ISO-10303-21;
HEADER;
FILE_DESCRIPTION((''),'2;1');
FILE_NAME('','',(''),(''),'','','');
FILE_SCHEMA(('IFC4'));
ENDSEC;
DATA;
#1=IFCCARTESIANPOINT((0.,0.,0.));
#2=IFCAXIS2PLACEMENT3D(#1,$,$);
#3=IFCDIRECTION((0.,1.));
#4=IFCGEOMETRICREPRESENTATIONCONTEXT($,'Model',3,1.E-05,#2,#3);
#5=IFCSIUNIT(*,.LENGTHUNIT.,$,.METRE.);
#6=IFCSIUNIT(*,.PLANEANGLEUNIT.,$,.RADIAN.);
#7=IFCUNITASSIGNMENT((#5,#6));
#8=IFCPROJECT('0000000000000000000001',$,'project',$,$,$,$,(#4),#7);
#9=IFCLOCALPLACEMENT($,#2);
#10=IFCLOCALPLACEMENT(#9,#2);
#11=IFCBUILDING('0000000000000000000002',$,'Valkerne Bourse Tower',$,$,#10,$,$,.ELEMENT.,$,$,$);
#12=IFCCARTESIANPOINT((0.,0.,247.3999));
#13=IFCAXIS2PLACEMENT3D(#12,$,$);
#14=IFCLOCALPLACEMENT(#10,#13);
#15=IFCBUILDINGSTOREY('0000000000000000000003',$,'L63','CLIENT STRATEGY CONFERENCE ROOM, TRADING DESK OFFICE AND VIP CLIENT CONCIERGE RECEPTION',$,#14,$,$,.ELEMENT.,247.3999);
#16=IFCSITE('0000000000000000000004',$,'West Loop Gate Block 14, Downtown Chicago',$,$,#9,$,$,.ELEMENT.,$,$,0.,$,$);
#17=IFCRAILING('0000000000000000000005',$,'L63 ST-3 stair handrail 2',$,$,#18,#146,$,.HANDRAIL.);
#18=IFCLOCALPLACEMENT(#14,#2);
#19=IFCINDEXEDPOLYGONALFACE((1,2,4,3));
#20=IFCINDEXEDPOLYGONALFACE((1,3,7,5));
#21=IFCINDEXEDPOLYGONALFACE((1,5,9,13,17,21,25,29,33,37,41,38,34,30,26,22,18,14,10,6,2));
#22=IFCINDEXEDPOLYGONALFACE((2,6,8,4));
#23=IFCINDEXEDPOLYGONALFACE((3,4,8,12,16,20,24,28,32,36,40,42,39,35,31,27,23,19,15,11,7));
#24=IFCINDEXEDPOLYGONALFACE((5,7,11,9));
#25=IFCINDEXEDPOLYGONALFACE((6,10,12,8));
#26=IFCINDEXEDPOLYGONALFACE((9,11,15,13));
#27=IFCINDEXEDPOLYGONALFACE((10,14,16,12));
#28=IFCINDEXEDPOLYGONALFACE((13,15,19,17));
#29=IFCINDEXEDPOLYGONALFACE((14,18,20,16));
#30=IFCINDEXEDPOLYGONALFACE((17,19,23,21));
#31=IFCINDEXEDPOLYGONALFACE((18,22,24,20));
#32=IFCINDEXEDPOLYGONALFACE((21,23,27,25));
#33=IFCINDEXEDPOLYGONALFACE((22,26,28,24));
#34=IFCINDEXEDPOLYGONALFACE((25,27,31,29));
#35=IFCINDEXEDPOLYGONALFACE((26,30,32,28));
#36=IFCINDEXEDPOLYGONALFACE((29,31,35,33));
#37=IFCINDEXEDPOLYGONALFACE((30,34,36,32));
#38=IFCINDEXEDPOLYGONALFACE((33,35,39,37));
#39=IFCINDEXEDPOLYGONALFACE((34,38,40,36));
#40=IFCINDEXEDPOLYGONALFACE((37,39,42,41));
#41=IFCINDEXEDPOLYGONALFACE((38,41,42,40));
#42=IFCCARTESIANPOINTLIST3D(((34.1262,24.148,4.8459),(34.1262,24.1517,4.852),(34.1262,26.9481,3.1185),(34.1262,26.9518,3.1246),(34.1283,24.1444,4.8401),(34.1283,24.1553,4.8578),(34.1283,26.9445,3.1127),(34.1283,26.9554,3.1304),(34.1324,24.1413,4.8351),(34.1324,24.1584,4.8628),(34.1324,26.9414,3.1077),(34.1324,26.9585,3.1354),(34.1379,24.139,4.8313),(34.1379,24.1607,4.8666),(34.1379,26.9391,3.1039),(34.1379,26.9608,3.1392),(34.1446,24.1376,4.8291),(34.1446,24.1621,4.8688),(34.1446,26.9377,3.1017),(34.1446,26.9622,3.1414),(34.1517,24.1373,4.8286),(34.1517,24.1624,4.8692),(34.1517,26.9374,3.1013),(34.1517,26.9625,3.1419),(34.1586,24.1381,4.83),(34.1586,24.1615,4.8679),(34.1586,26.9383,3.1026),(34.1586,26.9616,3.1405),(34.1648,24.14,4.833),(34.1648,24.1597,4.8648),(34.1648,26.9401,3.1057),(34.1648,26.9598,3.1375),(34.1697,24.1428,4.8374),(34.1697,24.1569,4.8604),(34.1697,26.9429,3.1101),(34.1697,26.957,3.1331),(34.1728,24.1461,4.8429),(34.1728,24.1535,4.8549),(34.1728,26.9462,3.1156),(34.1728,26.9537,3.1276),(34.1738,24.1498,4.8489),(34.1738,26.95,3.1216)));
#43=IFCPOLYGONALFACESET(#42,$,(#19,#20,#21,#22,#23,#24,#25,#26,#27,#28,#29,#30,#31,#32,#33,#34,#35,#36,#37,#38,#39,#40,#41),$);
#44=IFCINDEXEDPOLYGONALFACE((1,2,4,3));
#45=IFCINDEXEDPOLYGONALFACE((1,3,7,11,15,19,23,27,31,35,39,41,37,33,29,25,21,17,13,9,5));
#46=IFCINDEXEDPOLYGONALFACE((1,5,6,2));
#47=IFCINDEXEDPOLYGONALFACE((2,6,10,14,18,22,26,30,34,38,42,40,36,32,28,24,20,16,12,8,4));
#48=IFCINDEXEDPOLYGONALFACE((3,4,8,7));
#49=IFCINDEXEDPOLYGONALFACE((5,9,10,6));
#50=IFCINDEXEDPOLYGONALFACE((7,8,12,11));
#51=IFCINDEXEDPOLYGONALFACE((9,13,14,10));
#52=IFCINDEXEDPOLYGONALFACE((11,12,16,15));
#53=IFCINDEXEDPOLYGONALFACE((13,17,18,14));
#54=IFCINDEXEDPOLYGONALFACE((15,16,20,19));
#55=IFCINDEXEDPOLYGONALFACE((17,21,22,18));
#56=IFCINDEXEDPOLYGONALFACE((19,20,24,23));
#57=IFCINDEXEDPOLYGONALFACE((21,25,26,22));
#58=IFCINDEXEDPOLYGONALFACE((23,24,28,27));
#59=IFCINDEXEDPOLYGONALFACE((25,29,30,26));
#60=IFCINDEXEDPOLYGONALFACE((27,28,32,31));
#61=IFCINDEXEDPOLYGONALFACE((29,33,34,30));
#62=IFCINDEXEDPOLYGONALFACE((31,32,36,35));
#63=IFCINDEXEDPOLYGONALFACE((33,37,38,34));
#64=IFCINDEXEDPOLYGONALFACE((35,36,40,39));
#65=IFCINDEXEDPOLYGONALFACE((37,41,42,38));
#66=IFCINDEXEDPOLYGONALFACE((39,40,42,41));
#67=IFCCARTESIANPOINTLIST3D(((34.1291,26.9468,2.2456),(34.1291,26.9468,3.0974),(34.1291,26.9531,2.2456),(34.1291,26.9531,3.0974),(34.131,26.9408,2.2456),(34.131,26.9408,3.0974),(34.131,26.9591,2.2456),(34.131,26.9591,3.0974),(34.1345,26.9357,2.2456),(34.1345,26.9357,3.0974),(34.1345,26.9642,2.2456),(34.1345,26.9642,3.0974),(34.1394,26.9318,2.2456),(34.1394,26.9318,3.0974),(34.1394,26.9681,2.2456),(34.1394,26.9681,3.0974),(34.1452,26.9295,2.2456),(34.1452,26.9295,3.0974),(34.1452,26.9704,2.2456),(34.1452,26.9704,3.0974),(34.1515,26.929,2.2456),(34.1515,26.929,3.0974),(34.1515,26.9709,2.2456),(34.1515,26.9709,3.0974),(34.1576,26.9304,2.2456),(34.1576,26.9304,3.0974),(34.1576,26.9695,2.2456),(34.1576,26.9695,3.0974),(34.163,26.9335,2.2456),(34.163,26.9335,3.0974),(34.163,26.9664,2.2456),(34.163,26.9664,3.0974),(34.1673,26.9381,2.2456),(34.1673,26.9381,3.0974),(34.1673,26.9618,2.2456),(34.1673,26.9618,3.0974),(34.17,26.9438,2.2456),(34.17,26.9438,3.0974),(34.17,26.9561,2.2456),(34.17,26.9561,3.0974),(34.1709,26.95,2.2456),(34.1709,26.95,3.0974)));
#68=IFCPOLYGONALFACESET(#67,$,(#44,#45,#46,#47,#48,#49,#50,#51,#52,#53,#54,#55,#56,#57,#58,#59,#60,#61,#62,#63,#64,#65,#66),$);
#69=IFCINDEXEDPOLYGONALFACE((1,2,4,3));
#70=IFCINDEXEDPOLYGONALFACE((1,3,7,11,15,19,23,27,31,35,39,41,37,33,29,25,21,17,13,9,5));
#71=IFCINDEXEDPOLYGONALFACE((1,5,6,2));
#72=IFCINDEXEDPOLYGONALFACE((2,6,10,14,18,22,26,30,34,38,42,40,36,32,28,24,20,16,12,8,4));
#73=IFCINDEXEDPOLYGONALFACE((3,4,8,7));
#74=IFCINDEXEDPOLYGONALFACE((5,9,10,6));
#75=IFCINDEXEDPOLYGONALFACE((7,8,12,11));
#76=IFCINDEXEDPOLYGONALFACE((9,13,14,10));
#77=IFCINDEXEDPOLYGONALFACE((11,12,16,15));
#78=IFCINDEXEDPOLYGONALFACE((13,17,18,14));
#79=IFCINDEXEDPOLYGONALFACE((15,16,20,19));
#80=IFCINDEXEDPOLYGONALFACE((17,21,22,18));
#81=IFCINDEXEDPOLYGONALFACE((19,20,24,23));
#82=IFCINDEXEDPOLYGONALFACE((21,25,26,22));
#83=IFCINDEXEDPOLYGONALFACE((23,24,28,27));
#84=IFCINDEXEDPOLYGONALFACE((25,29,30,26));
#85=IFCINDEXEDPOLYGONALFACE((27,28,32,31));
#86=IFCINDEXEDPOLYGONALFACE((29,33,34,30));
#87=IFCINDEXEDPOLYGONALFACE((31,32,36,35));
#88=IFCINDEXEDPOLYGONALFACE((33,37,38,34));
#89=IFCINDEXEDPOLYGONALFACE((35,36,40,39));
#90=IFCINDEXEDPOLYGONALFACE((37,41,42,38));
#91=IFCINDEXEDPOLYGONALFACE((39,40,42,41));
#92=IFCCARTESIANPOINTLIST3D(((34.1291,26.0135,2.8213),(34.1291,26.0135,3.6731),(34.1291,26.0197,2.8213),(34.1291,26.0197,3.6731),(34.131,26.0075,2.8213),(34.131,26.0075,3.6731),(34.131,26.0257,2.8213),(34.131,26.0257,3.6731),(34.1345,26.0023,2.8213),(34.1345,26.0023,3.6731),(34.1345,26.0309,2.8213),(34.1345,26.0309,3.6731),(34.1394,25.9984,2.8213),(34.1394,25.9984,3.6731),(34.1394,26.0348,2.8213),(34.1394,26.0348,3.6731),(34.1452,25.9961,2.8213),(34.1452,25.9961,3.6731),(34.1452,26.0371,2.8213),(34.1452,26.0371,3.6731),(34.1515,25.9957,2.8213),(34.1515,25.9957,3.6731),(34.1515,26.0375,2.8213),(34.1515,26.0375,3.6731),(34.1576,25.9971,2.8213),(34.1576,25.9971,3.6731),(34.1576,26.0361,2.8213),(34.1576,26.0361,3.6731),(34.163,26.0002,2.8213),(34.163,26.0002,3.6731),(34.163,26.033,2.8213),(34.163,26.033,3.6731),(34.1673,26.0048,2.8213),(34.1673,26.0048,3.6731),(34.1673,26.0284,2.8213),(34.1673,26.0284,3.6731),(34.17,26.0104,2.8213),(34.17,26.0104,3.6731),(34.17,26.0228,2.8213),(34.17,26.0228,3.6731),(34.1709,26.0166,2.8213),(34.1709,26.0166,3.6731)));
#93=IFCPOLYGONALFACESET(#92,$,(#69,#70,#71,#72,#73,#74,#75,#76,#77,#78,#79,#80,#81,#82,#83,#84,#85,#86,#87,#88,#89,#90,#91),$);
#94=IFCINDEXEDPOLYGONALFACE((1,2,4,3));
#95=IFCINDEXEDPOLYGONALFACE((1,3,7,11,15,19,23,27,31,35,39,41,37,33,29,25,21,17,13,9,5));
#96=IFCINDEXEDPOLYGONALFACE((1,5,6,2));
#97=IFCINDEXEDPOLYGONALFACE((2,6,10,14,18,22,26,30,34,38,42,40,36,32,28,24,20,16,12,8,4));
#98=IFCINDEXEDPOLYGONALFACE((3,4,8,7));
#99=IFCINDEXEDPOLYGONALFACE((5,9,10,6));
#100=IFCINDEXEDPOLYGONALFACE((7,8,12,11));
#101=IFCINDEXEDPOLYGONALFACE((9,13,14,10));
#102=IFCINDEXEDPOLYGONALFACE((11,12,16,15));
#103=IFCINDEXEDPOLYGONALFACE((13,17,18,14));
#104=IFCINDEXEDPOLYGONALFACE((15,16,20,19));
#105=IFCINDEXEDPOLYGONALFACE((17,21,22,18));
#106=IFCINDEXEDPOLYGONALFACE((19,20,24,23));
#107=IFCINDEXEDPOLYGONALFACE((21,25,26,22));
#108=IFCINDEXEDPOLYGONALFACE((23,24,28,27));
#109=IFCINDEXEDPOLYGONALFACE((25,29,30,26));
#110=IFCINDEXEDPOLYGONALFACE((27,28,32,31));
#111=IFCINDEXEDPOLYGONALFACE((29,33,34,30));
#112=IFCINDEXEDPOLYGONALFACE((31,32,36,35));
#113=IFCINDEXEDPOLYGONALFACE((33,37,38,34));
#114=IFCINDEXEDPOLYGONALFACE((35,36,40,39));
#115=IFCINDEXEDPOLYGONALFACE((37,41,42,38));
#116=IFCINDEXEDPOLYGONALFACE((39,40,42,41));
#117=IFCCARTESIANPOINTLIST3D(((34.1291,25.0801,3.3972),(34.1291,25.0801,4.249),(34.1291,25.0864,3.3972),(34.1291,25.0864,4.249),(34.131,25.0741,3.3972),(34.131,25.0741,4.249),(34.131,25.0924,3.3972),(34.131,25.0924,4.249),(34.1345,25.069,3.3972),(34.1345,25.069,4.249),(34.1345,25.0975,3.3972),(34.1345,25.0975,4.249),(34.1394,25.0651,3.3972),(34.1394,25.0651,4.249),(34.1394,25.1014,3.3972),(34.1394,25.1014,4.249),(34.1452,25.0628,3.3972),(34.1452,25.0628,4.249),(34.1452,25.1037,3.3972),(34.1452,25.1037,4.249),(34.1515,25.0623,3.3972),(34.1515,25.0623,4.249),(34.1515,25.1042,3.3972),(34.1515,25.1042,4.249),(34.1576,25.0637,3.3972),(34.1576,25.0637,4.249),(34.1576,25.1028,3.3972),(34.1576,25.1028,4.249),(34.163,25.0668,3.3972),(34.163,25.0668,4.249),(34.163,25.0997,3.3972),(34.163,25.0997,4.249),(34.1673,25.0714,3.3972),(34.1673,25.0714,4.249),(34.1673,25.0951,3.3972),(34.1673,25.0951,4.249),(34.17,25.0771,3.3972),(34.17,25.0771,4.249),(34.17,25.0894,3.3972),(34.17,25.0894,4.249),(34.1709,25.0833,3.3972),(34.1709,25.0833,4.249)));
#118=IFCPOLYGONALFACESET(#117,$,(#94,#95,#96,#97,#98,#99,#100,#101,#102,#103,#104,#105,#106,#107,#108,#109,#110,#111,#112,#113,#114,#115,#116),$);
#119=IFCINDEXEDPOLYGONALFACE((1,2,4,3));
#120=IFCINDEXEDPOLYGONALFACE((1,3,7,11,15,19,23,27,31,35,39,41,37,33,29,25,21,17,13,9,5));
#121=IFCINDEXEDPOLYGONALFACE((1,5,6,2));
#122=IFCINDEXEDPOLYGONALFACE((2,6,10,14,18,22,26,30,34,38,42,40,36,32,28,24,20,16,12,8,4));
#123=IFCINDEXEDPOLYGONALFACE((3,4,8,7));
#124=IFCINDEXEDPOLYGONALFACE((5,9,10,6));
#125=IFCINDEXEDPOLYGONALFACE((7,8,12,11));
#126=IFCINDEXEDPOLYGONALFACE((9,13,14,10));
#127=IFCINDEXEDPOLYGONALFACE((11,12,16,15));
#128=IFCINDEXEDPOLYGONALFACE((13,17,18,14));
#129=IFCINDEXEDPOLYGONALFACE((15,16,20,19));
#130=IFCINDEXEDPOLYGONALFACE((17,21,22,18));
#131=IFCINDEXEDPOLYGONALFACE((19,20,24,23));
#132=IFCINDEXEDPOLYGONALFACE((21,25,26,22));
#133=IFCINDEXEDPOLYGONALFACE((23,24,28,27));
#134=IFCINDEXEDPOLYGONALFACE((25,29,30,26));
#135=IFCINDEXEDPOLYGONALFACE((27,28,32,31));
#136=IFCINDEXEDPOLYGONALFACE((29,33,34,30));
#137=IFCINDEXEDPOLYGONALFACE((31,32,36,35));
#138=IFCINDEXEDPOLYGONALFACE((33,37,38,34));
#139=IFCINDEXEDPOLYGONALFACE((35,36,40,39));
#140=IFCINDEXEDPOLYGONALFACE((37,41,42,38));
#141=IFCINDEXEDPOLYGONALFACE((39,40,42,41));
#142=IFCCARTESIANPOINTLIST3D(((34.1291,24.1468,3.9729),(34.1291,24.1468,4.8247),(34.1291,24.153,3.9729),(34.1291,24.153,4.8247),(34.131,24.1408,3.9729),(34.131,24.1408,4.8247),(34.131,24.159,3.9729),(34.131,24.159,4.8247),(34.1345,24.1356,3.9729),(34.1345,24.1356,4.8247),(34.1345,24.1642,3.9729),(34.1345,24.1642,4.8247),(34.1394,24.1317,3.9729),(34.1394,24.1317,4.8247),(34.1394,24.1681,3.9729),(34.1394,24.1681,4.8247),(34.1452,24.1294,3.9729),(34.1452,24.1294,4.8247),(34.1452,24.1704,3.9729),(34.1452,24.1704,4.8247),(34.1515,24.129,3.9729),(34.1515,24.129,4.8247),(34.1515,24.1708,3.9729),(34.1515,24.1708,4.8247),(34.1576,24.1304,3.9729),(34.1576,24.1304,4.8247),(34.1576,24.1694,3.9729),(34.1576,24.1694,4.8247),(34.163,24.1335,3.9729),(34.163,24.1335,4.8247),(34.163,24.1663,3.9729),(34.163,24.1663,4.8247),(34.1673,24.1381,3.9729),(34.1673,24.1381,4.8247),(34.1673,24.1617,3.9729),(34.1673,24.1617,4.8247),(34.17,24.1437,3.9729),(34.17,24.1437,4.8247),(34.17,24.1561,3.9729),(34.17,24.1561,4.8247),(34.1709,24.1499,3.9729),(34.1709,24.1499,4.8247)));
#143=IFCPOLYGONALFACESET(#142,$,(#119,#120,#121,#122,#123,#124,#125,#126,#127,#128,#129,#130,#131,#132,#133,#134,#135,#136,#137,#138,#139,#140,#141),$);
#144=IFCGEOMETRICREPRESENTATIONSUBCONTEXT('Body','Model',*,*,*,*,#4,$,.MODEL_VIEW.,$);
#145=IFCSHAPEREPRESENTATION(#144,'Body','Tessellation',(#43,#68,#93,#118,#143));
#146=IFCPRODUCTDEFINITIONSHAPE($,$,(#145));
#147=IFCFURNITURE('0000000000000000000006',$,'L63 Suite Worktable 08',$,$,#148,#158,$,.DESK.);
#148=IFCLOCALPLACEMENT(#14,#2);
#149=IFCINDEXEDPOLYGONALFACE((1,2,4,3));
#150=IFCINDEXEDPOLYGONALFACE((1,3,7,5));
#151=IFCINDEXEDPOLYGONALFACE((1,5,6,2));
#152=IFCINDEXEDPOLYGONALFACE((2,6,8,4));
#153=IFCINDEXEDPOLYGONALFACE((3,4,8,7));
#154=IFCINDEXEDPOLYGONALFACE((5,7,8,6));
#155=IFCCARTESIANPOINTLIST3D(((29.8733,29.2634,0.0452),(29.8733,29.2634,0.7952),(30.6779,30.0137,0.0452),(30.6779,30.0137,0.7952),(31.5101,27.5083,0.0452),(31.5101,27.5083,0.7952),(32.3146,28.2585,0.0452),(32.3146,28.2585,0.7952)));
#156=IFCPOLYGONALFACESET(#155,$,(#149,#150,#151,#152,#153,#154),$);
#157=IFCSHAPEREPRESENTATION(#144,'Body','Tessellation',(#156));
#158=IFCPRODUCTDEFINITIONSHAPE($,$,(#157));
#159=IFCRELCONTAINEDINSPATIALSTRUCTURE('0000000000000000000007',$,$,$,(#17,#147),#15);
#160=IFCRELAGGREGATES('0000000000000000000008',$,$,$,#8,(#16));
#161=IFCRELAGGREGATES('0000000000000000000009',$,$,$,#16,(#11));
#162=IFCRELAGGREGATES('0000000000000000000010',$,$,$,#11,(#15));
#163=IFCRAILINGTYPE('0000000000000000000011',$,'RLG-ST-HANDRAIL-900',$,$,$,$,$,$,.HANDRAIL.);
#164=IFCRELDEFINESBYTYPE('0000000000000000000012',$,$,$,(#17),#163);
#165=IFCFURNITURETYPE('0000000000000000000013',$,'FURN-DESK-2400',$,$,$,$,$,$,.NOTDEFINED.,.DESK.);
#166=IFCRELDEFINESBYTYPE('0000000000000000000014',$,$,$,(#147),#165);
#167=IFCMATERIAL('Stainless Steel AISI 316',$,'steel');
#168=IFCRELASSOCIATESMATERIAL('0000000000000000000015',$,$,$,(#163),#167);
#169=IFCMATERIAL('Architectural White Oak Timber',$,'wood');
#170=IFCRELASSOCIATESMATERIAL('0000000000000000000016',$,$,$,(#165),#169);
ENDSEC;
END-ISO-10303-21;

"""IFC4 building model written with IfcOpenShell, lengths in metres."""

from ifc_helpers import new_model, si_unit, direction, frame, origin, origin_2d, place, context, subcontext, project, spatial, rectangle, circle, extrude, material, type_object, element, save


model = new_model("IFC4")

# Units and contexts
model_context = context("Model", 3, precision=1e-05, world=origin(), true_north=direction((0.0, 1.0)))
body_context = subcontext(model_context, "Body", "Model", "MODEL_VIEW")
ifc_project = project(units=[si_unit("LENGTHUNIT", "METRE"), si_unit("PLANEANGLEUNIT", "RADIAN")], contexts=[model_context])

# Site, building, storey
site_placement = place(None, origin())
site = spatial("IfcSite", under=ifc_project, at=site_placement, Name="West Loop Gate Block 14, Downtown Chicago", CompositionType="ELEMENT", RefElevation=0.0)
building_placement = place(site_placement, origin())
building = spatial("IfcBuilding", under=site, at=building_placement, Name="Valkerne Bourse Tower", CompositionType="ELEMENT")
storey_placement = place(building_placement, frame((0.0, 0.0, 247.3999)))
storey = spatial("IfcBuildingStorey", under=building, at=storey_placement, Name="L63", Description="CLIENT STRATEGY CONFERENCE ROOM, TRADING DESK OFFICE AND VIP CLIENT CONCIERGE RECEPTION", CompositionType="ELEMENT", Elevation=247.3999)

# Shared definitions
ifc_material_1 = material(Name="Architectural White Oak Timber", Category="wood")

# Railing
ifc_material_2 = material(Name="Stainless Steel AISI 316", Category="steel")
railing_type_1 = type_object("IfcRailingType", Name="RLG-ST-HANDRAIL-900", PredefinedType="HANDRAIL", material=ifc_material_2)
railing_1_placement = place(storey_placement, frame((34.1499, 26.95, 2.2456)))
element("IfcRailing", 1, at=railing_1_placement, inside=storey, type_object=railing_type_1, Name="L63 ST-3 stair handrail 2", PredefinedType="HANDRAIL", context=body_context, shape_type="SweptSolid", body=[
    extrude(circle(Radius=0.0239, at=origin_2d()), frame((0.0, 0.0, 0.876), z_axis=(0.0, -0.85109, 0.52502), x_axis=(1.0, 0.0, 0.0)), (0.0, 0.0, 1.0), 3.29),
    extrude(circle(Radius=0.021, at=origin_2d()), origin(), (0.0, 0.0, 1.0), 0.8518),
    extrude(circle(Radius=0.021, at=origin_2d()), frame((0.0, -0.9333, 0.5757)), (0.0, 0.0, 1.0), 0.8518),
    extrude(circle(Radius=0.021, at=origin_2d()), frame((0.0, -1.8667, 1.1516)), (0.0, 0.0, 1.0), 0.8518),
    extrude(circle(Radius=0.021, at=origin_2d()), frame((0.0, -2.8, 1.7273)), (0.0, 0.0, 1.0), 0.8518),
])

# Furniture
furniture_type = type_object("IfcFurnitureType", Name="FURN-DESK-2400", AssemblyPlace="NOTDEFINED", PredefinedType="DESK", material=ifc_material_1)
furniture_placement = place(storey_placement, frame((31.094, 28.761, 0.0452), z_axis=(0.0, 0.0, 1.0), x_axis=(-0.681998, 0.731354, 0.0)))
element("IfcFurniture", 2, at=furniture_placement, inside=storey, type_object=furniture_type, Name="L63 Suite Worktable 08", PredefinedType="DESK", context=body_context, shape_type="SweptSolid", body=[
    extrude(rectangle(XDim=2.3999, YDim=1.1001, at=origin_2d()), origin(), (0.0, 0.0, 1.0), 0.75),
])

save(model, "model.ifc")
